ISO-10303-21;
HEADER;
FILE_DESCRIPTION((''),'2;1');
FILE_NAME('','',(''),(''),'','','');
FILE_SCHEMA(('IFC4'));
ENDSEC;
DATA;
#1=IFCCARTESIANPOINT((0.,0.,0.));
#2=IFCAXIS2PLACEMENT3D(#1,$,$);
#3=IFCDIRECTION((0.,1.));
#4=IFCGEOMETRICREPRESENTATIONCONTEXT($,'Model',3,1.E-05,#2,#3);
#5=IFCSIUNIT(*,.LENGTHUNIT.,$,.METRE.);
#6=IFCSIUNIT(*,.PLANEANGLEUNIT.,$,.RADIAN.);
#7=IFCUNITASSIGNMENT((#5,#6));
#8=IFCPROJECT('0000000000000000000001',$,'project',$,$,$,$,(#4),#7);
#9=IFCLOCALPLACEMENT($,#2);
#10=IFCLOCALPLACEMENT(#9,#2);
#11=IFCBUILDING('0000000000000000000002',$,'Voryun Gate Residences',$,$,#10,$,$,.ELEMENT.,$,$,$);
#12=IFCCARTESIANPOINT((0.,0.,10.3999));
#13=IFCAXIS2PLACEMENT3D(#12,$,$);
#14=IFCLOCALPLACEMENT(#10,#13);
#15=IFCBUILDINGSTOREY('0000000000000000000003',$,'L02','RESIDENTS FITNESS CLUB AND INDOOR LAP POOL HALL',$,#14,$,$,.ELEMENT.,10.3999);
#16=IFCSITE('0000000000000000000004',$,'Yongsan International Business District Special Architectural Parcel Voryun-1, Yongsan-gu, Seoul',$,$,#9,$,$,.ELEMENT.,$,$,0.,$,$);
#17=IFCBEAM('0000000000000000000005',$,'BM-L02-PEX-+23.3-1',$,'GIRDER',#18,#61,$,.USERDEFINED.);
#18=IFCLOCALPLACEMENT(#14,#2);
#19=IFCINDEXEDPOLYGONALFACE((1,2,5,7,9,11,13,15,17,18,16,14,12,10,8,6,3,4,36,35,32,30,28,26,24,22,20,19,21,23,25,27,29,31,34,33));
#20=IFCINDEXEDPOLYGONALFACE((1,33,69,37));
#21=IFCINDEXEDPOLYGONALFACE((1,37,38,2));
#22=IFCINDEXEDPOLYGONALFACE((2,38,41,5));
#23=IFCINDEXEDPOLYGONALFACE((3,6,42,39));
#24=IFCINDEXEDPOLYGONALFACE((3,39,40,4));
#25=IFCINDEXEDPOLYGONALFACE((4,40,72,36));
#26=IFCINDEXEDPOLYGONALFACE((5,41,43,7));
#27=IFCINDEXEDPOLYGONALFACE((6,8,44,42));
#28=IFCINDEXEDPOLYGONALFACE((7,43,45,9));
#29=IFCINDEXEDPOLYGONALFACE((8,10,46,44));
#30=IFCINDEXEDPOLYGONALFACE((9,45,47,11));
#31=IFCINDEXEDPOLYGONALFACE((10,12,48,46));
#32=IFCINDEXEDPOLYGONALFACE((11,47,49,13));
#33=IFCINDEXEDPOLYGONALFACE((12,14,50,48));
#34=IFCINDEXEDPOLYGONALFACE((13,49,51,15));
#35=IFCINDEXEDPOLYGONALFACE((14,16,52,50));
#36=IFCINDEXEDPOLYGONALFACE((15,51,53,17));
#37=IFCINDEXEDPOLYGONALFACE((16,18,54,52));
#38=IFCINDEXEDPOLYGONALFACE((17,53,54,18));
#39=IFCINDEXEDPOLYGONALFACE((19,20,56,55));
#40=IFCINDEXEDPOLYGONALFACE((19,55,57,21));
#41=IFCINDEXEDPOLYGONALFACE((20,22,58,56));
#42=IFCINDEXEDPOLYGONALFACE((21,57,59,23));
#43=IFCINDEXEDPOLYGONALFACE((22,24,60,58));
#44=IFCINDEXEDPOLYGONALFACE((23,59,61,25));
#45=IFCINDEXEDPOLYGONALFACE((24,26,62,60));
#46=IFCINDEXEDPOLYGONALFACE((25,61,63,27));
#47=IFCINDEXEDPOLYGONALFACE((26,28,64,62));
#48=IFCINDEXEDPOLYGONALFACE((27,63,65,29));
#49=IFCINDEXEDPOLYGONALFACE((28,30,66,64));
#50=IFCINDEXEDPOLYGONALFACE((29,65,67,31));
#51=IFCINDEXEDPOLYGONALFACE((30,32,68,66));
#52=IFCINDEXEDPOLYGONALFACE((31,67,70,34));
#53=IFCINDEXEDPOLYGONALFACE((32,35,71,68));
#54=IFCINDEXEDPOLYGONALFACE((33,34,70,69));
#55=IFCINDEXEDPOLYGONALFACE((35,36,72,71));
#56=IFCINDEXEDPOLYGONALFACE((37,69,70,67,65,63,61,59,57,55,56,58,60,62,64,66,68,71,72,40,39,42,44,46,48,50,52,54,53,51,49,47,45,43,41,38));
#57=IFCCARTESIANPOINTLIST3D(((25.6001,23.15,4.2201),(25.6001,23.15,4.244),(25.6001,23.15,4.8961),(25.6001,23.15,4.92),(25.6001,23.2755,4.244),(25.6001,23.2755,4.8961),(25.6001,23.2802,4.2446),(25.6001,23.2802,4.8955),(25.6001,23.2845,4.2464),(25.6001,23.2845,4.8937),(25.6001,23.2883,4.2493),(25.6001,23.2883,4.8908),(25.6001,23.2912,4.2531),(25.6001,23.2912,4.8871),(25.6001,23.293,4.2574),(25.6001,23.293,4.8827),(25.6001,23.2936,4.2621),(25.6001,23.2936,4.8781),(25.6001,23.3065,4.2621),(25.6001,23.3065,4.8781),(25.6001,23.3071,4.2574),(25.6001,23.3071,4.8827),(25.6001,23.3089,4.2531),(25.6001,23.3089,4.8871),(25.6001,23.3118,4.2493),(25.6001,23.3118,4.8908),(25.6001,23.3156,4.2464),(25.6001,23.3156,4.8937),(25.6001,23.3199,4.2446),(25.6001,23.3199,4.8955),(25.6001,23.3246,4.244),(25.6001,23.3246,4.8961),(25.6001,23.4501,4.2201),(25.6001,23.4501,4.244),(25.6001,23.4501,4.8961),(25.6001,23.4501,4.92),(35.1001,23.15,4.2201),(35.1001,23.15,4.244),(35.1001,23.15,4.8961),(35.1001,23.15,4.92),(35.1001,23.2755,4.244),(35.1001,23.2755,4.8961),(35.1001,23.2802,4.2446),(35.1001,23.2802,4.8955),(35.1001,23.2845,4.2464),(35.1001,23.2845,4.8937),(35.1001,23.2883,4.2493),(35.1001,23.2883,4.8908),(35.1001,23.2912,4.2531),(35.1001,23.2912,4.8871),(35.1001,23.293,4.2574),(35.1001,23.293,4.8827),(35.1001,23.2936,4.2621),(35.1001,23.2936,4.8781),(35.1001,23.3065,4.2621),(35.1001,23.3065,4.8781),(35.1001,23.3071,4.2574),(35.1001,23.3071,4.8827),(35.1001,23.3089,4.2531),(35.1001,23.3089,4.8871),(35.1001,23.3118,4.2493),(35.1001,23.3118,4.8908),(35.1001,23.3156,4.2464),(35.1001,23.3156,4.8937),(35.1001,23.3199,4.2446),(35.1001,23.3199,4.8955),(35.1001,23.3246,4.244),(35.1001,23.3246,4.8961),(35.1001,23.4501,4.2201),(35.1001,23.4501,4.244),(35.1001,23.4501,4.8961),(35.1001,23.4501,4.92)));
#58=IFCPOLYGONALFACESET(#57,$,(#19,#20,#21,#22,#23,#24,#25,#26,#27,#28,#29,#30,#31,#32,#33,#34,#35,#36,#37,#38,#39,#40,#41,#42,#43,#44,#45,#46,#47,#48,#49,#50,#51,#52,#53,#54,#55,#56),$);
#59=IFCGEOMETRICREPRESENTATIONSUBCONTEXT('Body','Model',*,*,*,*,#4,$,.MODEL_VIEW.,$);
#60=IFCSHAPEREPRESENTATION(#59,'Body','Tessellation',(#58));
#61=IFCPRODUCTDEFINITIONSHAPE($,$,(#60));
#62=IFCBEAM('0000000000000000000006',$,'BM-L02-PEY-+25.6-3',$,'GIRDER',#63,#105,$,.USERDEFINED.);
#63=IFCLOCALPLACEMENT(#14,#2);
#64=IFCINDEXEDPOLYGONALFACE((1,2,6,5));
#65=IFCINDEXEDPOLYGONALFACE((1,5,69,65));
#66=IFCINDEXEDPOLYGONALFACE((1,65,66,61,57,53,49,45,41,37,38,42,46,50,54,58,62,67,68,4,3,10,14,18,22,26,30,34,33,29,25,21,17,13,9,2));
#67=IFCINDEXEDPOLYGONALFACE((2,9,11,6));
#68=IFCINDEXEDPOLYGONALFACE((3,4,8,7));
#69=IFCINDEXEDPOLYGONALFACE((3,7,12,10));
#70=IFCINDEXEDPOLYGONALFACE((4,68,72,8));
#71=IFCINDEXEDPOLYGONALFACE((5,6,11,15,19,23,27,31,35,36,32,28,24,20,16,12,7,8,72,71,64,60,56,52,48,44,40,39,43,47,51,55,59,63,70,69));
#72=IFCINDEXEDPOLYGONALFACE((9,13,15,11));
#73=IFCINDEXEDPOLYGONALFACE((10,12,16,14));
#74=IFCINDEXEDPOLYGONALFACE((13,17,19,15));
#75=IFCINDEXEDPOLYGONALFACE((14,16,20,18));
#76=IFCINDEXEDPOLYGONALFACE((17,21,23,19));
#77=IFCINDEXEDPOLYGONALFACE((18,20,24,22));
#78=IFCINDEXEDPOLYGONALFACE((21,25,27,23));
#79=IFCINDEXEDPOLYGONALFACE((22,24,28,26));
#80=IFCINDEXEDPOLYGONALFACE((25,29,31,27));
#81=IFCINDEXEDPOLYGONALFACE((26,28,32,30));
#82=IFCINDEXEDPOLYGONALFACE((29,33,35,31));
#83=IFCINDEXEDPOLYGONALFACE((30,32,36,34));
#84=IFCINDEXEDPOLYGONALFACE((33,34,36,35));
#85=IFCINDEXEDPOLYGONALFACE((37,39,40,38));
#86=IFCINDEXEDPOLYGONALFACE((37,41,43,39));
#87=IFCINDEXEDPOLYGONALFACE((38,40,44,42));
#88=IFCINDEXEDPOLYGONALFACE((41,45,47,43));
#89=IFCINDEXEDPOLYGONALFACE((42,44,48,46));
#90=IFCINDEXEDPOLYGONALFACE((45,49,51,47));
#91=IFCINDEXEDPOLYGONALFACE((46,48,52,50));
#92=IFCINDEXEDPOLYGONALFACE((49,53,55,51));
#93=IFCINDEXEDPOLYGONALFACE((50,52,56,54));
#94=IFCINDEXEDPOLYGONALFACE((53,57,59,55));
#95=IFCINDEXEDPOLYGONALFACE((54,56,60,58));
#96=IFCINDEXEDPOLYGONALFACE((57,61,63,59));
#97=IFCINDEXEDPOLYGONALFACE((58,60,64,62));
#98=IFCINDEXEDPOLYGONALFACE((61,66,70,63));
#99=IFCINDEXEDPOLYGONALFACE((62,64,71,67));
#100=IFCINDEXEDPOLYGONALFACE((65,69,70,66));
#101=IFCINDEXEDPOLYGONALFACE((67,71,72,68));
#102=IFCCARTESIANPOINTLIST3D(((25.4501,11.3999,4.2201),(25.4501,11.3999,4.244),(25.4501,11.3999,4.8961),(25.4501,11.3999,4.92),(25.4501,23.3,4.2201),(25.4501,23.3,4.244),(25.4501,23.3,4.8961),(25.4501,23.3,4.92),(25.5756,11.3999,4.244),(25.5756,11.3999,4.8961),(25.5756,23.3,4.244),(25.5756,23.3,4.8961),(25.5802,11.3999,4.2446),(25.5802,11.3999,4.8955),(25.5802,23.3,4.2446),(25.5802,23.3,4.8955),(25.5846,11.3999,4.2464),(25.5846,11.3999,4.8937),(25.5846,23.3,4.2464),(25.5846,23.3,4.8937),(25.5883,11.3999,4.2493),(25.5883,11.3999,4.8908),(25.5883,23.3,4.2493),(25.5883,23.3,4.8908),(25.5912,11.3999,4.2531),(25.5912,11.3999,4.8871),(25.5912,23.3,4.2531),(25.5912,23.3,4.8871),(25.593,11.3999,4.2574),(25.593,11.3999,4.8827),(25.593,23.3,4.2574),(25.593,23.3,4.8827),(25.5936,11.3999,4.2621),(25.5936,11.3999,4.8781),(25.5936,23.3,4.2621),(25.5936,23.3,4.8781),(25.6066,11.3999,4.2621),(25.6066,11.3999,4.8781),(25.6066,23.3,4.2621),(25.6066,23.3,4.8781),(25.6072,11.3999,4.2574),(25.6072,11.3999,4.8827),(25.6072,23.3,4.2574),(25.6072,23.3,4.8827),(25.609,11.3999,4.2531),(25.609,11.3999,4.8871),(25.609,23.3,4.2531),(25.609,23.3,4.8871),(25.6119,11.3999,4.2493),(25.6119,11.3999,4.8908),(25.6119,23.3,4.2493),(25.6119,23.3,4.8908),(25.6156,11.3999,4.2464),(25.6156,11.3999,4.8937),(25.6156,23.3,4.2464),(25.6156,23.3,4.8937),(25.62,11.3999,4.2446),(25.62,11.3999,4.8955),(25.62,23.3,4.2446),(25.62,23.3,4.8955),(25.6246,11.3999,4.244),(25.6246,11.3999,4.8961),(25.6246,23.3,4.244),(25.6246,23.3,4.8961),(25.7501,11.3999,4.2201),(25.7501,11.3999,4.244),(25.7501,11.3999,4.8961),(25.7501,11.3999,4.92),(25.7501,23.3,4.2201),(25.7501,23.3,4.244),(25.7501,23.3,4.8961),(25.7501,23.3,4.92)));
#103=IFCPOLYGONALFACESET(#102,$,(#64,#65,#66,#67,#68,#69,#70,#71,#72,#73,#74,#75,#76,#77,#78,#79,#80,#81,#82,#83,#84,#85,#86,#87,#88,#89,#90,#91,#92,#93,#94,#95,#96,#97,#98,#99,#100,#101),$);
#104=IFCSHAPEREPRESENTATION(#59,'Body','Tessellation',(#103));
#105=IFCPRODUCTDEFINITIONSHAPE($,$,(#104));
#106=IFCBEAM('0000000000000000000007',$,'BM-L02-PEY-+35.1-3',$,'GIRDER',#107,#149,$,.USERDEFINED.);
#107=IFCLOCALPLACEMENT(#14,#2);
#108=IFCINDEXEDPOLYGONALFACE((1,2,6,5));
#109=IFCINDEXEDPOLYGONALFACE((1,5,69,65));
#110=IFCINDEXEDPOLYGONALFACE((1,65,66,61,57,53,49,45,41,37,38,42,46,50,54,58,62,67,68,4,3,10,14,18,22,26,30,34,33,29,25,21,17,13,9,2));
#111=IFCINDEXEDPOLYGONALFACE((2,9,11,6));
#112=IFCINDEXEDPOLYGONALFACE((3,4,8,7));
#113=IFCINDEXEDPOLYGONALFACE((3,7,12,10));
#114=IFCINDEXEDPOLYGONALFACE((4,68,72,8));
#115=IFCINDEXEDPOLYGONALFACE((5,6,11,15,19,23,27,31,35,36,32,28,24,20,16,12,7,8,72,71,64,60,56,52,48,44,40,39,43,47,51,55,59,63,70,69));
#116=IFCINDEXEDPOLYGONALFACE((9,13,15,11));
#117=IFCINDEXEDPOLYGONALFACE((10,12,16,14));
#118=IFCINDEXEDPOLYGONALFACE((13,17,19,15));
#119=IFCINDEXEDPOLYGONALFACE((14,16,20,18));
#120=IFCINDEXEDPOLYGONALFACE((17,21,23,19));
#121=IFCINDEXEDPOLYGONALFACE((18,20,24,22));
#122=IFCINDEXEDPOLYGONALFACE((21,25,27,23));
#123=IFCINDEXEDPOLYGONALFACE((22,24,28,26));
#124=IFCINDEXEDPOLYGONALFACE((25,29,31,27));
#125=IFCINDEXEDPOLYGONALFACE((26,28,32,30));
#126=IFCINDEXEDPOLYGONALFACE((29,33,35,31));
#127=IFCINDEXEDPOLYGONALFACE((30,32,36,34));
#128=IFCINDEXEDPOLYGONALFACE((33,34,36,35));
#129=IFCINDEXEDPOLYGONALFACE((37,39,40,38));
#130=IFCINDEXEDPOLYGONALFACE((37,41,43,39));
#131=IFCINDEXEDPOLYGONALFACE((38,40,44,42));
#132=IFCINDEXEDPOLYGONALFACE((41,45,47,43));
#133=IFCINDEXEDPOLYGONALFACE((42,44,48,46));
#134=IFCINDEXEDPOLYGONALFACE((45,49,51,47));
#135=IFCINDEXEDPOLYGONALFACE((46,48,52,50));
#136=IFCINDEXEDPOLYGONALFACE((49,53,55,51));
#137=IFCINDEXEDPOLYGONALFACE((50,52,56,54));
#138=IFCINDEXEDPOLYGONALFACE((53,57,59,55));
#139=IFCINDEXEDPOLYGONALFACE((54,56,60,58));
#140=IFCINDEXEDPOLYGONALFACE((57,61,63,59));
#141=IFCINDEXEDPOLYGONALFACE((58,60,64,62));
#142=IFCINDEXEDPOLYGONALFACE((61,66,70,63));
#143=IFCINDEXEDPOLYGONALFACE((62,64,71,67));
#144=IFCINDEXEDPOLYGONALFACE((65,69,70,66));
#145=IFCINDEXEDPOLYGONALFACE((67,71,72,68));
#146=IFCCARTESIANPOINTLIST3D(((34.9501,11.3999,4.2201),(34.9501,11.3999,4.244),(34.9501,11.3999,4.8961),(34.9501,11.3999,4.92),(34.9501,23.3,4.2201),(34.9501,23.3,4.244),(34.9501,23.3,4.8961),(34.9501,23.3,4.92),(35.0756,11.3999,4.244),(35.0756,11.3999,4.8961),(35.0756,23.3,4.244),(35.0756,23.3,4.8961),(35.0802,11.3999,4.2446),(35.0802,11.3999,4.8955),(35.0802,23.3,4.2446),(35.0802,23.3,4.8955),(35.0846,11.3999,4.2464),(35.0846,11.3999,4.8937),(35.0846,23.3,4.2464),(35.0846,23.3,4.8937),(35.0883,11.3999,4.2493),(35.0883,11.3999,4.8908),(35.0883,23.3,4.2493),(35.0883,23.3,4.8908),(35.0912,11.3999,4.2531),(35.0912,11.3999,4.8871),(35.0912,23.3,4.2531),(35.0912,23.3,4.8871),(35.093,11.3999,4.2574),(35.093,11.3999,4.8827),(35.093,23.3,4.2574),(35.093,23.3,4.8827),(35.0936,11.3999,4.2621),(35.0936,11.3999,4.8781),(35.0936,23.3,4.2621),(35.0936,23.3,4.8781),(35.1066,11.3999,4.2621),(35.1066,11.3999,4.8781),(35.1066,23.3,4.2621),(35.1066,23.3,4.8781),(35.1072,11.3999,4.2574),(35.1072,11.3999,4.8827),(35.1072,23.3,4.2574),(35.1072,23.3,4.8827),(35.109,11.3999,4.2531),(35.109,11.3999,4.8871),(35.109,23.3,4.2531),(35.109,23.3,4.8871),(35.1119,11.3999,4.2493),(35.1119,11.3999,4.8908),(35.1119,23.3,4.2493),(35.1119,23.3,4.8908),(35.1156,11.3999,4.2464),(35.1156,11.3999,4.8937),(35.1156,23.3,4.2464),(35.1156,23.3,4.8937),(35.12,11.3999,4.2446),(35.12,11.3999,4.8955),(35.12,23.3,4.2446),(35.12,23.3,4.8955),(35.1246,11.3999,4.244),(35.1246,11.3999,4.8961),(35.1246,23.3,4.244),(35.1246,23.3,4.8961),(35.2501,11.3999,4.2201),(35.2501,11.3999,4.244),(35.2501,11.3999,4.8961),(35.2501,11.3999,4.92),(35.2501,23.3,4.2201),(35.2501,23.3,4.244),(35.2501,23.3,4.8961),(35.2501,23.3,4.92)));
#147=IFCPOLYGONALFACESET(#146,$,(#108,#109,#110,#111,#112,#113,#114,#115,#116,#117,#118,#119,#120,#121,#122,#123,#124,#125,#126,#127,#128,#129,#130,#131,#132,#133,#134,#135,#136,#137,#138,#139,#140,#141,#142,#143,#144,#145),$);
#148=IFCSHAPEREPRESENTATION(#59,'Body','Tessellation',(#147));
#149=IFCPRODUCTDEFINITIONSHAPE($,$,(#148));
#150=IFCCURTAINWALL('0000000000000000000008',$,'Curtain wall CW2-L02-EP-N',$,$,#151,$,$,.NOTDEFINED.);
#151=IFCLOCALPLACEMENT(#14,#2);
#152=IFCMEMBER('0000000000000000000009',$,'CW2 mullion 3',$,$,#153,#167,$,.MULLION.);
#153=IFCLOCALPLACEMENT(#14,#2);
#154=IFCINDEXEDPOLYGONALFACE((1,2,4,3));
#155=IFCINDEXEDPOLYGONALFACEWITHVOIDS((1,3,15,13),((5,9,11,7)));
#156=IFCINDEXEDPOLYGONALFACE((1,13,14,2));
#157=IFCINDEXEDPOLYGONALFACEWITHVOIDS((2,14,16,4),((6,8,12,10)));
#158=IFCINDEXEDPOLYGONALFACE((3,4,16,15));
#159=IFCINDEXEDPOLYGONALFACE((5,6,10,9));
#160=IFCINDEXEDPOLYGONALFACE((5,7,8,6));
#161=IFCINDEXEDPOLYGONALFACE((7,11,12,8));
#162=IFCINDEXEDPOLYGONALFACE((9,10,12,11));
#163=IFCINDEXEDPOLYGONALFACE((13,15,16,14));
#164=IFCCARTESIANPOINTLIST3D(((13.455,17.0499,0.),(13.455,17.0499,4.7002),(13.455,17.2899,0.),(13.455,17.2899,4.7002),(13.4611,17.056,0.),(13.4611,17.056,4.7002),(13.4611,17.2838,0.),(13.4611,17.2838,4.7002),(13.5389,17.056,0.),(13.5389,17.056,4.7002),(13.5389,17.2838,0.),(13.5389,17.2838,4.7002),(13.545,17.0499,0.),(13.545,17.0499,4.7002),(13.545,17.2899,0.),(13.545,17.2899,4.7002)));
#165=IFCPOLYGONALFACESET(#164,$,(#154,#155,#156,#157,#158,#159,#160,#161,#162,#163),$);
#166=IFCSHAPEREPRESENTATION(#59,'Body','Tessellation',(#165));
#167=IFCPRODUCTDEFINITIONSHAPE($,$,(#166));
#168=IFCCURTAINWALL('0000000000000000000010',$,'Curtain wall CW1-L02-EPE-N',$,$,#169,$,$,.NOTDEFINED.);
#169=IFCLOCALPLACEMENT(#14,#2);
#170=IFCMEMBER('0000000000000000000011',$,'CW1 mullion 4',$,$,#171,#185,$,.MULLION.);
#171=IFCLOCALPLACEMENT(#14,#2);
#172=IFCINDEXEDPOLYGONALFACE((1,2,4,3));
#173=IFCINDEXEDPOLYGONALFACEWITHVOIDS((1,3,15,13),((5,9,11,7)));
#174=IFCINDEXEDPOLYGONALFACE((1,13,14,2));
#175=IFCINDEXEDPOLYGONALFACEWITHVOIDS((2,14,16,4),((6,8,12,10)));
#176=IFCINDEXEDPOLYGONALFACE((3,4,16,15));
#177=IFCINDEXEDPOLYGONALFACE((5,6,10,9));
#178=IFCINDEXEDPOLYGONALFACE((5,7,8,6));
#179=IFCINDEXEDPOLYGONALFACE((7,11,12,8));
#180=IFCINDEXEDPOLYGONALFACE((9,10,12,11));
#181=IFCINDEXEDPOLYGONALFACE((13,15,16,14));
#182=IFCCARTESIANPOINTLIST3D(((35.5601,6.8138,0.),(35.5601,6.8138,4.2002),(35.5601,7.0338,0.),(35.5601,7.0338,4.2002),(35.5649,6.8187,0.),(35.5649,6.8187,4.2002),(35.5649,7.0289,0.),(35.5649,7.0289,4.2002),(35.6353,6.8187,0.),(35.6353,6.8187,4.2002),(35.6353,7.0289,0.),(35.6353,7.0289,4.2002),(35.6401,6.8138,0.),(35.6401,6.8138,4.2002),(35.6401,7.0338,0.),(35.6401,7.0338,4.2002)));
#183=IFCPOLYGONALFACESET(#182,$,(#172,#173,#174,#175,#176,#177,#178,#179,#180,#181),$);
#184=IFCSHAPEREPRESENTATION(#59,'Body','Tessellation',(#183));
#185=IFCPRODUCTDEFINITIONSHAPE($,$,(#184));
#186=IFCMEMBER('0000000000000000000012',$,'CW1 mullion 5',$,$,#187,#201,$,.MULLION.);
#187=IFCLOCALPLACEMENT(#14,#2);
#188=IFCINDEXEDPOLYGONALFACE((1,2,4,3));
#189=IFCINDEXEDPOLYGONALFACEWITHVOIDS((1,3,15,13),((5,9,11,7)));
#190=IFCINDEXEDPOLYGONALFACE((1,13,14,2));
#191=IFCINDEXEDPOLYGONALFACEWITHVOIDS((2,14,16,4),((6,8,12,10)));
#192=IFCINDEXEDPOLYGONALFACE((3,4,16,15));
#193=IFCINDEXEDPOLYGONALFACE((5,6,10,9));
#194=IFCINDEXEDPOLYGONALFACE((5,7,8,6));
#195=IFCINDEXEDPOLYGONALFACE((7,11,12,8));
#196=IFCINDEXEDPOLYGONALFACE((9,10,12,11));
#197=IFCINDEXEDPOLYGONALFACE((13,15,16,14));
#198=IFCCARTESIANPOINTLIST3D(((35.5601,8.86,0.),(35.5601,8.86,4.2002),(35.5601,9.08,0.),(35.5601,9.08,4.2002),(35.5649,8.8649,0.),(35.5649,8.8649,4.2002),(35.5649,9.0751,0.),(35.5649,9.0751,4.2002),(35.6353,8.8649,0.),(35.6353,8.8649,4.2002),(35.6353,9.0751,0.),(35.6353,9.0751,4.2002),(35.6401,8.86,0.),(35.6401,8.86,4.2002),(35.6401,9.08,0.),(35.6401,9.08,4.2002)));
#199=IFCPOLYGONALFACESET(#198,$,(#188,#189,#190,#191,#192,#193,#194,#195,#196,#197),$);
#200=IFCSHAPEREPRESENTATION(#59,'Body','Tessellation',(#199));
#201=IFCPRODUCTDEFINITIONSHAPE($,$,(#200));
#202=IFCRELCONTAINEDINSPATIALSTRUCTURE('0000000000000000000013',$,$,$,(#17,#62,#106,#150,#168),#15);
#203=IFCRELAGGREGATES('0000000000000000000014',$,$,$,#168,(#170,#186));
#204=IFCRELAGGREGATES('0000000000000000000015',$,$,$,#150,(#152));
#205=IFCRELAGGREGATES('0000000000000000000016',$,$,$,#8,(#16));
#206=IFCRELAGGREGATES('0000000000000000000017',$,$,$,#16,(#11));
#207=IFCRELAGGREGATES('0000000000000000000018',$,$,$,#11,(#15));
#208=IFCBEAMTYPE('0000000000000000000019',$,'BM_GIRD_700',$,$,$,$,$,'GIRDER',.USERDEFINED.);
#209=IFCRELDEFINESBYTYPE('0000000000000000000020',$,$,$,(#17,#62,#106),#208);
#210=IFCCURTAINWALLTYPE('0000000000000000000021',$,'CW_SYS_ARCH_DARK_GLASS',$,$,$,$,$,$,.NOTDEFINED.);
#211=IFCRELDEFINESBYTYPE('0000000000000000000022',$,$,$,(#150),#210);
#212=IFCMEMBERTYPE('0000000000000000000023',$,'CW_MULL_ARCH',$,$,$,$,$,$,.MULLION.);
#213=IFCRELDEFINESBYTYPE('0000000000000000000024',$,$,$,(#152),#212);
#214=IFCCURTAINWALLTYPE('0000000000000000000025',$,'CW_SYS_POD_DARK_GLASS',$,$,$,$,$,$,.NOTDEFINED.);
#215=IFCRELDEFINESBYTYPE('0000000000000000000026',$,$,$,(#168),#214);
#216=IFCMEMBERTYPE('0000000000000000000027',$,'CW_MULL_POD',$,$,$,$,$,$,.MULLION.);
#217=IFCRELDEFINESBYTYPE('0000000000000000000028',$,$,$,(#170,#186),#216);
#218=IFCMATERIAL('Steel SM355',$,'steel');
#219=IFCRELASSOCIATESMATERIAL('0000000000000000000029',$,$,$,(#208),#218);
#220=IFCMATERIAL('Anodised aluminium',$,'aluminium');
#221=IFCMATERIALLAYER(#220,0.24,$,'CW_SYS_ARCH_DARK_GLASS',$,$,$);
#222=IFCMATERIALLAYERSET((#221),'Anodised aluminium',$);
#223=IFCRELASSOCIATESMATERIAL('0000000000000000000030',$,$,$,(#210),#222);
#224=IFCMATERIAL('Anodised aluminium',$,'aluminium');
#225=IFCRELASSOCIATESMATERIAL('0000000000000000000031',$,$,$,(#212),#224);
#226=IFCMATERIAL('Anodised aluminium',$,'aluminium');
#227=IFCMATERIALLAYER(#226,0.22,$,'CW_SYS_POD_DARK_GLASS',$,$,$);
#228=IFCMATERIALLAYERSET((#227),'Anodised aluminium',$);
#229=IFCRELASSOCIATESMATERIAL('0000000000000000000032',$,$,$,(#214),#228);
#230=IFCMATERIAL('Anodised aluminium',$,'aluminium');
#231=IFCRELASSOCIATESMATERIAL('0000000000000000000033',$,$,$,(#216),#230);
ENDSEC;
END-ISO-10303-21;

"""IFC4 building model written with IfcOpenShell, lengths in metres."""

from ifc_helpers import new_model, si_unit, direction, frame, origin, origin_2d, place, context, subcontext, project, spatial, hollow_rectangle, i_section, extrude, material, layer, layer_set, material_profile, profile_set, type_object, element, aggregate, save


model = new_model("IFC4")

# Units and contexts
model_context = context("Model", 3, precision=1e-05, world=origin(), true_north=direction((0.0, 1.0)))
body_context = subcontext(model_context, "Body", "Model", "MODEL_VIEW")
ifc_project = project(units=[si_unit("LENGTHUNIT", "METRE"), si_unit("PLANEANGLEUNIT", "RADIAN")], contexts=[model_context])

# Site, building, storey
site_placement = place(None, origin())
site = spatial("IfcSite", under=ifc_project, at=site_placement, Name="Yongsan International Business District Special Architectural Parcel Voryun-1, Yongsan-gu, Seoul", CompositionType="ELEMENT", RefElevation=0.0)
building_placement = place(site_placement, origin())
building = spatial("IfcBuilding", under=site, at=building_placement, Name="Voryun Gate Residences", CompositionType="ELEMENT")
storey_placement = place(building_placement, frame((0.0, 0.0, 10.3999)))
storey = spatial("IfcBuildingStorey", under=building, at=storey_placement, Name="L02", Description="RESIDENTS FITNESS CLUB AND INDOOR LAP POOL HALL", CompositionType="ELEMENT", Elevation=10.3999)

# Beams
ifc_material_1 = material(Name="Steel SM355", Category="steel")
ifc_material_profile_1 = material_profile(ifc_material_1, i_section(OverallWidth=0.3, OverallDepth=0.7, WebThickness=0.0129, FlangeThickness=0.0239, FilletRadius=0.0181, at=origin_2d()), Name="H-700x300x13x24")
ifc_profile_set_1 = profile_set([ifc_material_profile_1], Name="Steel SM355")
beam_type = type_object("IfcBeamType", Name="BM_GIRD_700", ElementType="GIRDER", PredefinedType="USERDEFINED", material=ifc_profile_set_1)
beam_1_placement = place(storey_placement, frame((25.6001, 23.3, 4.5701), z_axis=(1.0, 0.0, 0.0), x_axis=(0.0, 1.0, 0.0)))
element("IfcBeam", 1, at=beam_1_placement, inside=storey, type_object=beam_type, Name="BM-L02-PEX-+23.3-1", ObjectType="GIRDER", PredefinedType="USERDEFINED", context=body_context, shape_type="SweptSolid", body=[
    extrude(i_section(OverallWidth=0.3, OverallDepth=0.7, WebThickness=0.0129, FlangeThickness=0.0239, FilletRadius=0.0181, at=origin_2d()), origin(), (0.0, 0.0, 1.0), 9.5),
])
for number, where, z_axis, x_axis, name in (
    (2, (25.6001, 11.3999, 4.5701), (0.0, 1.0, 0.0), (-1.0, 0.0, 0.0), "BM-L02-PEY-+25.6-3"),
    (3, (35.1001, 11.3999, 4.5701), (0.0, 1.0, 0.0), (-1.0, 0.0, 0.0), "BM-L02-PEY-+35.1-3"),
):
    element("IfcBeam", number, at=place(storey_placement, frame(where, z_axis=z_axis, x_axis=x_axis)), inside=storey, type_object=beam_type, Name=name, ObjectType="GIRDER", PredefinedType="USERDEFINED", context=body_context, shape_type="SweptSolid", body=[
        extrude(i_section(OverallWidth=0.3, OverallDepth=0.7, WebThickness=0.0129, FlangeThickness=0.0239, FilletRadius=0.0181, at=origin_2d()), origin(), (0.0, 0.0, 1.0), 11.9001),
    ])

# Curtain wall, member
ifc_material_2 = material(Name="Anodised aluminium", Category="aluminium")
ifc_layer_1 = layer(ifc_material_2, 0.24, Name="CW_SYS_ARCH_DARK_GLASS")
ifc_layer_set_1 = layer_set([ifc_layer_1], Name="Anodised aluminium")
curtain_wall_type_1 = type_object("IfcCurtainWallType", Name="CW_SYS_ARCH_DARK_GLASS", PredefinedType="NOTDEFINED", material=ifc_layer_set_1)
curtain_wall_1_placement = place(storey_placement, origin())
curtain_wall_1 = element("IfcCurtainWall", 4, at=curtain_wall_1_placement, inside=storey, type_object=curtain_wall_type_1, Name="Curtain wall CW2-L02-EP-N", PredefinedType="NOTDEFINED")
ifc_material_3 = material(Name="Anodised aluminium", Category="aluminium")
ifc_material_profile_2 = material_profile(ifc_material_3, hollow_rectangle(XDim=0.0901, YDim=0.24, WallThickness=0.0061, at=origin_2d()), Name="ALU-MULL-240x90x6")
ifc_profile_set_2 = profile_set([ifc_material_profile_2], Name="Anodised aluminium")
member_type_1 = type_object("IfcMemberType", Name="CW_MULL_ARCH", PredefinedType="MULLION", material=ifc_profile_set_2)
member_1_placement = place(storey_placement, frame((13.5, 17.1699, 0.0), z_axis=(0.0, 0.0, 1.0), x_axis=(-1.0, 0.0, 0.0)))
member_1 = element("IfcMember", 5, at=member_1_placement, type_object=member_type_1, Name="CW2 mullion 3", PredefinedType="MULLION", context=body_context, shape_type="SweptSolid", body=[
    extrude(hollow_rectangle(XDim=0.0901, YDim=0.24, WallThickness=0.0061, at=origin_2d()), origin(), (0.0, 0.0, 1.0), 4.7002),
])

# Curtain wall, members
ifc_material_4 = material(Name="Anodised aluminium", Category="aluminium")
ifc_layer_2 = layer(ifc_material_4, 0.22, Name="CW_SYS_POD_DARK_GLASS")
ifc_layer_set_2 = layer_set([ifc_layer_2], Name="Anodised aluminium")
curtain_wall_type_2 = type_object("IfcCurtainWallType", Name="CW_SYS_POD_DARK_GLASS", PredefinedType="NOTDEFINED", material=ifc_layer_set_2)
curtain_wall_2_placement = place(storey_placement, origin())
curtain_wall_2 = element("IfcCurtainWall", 6, at=curtain_wall_2_placement, inside=storey, type_object=curtain_wall_type_2, Name="Curtain wall CW1-L02-EPE-N", PredefinedType="NOTDEFINED")
ifc_material_5 = material(Name="Anodised aluminium", Category="aluminium")
ifc_material_profile_3 = material_profile(ifc_material_5, hollow_rectangle(XDim=0.0801, YDim=0.22, WallThickness=0.0049, at=origin_2d()), Name="ALU-MULL-220x80x5")
ifc_profile_set_3 = profile_set([ifc_material_profile_3], Name="Anodised aluminium")
member_type_2 = type_object("IfcMemberType", Name="CW_MULL_POD", PredefinedType="MULLION", material=ifc_profile_set_3)
member_2_placement = place(storey_placement, frame((35.6001, 6.9238, 0.0), z_axis=(0.0, 0.0, 1.0), x_axis=(-1.0, 0.0, 0.0)))
member_2 = element("IfcMember", 7, at=member_2_placement, type_object=member_type_2, Name="CW1 mullion 4", PredefinedType="MULLION", context=body_context, shape_type="SweptSolid", body=[
    extrude(hollow_rectangle(XDim=0.0801, YDim=0.22, WallThickness=0.0049, at=origin_2d()), origin(), (0.0, 0.0, 1.0), 4.2002),
])
member_3_placement = place(storey_placement, frame((35.6001, 8.97, 0.0), z_axis=(0.0, 0.0, 1.0), x_axis=(-1.0, 0.0, 0.0)))
member_3 = element("IfcMember", 8, at=member_3_placement, type_object=member_type_2, Name="CW1 mullion 5", PredefinedType="MULLION", context=body_context, shape_type="SweptSolid", body=[
    extrude(hollow_rectangle(XDim=0.0801, YDim=0.22, WallThickness=0.0049, at=origin_2d()), origin(), (0.0, 0.0, 1.0), 4.2002),
])
aggregate(curtain_wall_2, [member_2, member_3])

aggregate(curtain_wall_1, [member_1])

save(model, "model.ifc")
